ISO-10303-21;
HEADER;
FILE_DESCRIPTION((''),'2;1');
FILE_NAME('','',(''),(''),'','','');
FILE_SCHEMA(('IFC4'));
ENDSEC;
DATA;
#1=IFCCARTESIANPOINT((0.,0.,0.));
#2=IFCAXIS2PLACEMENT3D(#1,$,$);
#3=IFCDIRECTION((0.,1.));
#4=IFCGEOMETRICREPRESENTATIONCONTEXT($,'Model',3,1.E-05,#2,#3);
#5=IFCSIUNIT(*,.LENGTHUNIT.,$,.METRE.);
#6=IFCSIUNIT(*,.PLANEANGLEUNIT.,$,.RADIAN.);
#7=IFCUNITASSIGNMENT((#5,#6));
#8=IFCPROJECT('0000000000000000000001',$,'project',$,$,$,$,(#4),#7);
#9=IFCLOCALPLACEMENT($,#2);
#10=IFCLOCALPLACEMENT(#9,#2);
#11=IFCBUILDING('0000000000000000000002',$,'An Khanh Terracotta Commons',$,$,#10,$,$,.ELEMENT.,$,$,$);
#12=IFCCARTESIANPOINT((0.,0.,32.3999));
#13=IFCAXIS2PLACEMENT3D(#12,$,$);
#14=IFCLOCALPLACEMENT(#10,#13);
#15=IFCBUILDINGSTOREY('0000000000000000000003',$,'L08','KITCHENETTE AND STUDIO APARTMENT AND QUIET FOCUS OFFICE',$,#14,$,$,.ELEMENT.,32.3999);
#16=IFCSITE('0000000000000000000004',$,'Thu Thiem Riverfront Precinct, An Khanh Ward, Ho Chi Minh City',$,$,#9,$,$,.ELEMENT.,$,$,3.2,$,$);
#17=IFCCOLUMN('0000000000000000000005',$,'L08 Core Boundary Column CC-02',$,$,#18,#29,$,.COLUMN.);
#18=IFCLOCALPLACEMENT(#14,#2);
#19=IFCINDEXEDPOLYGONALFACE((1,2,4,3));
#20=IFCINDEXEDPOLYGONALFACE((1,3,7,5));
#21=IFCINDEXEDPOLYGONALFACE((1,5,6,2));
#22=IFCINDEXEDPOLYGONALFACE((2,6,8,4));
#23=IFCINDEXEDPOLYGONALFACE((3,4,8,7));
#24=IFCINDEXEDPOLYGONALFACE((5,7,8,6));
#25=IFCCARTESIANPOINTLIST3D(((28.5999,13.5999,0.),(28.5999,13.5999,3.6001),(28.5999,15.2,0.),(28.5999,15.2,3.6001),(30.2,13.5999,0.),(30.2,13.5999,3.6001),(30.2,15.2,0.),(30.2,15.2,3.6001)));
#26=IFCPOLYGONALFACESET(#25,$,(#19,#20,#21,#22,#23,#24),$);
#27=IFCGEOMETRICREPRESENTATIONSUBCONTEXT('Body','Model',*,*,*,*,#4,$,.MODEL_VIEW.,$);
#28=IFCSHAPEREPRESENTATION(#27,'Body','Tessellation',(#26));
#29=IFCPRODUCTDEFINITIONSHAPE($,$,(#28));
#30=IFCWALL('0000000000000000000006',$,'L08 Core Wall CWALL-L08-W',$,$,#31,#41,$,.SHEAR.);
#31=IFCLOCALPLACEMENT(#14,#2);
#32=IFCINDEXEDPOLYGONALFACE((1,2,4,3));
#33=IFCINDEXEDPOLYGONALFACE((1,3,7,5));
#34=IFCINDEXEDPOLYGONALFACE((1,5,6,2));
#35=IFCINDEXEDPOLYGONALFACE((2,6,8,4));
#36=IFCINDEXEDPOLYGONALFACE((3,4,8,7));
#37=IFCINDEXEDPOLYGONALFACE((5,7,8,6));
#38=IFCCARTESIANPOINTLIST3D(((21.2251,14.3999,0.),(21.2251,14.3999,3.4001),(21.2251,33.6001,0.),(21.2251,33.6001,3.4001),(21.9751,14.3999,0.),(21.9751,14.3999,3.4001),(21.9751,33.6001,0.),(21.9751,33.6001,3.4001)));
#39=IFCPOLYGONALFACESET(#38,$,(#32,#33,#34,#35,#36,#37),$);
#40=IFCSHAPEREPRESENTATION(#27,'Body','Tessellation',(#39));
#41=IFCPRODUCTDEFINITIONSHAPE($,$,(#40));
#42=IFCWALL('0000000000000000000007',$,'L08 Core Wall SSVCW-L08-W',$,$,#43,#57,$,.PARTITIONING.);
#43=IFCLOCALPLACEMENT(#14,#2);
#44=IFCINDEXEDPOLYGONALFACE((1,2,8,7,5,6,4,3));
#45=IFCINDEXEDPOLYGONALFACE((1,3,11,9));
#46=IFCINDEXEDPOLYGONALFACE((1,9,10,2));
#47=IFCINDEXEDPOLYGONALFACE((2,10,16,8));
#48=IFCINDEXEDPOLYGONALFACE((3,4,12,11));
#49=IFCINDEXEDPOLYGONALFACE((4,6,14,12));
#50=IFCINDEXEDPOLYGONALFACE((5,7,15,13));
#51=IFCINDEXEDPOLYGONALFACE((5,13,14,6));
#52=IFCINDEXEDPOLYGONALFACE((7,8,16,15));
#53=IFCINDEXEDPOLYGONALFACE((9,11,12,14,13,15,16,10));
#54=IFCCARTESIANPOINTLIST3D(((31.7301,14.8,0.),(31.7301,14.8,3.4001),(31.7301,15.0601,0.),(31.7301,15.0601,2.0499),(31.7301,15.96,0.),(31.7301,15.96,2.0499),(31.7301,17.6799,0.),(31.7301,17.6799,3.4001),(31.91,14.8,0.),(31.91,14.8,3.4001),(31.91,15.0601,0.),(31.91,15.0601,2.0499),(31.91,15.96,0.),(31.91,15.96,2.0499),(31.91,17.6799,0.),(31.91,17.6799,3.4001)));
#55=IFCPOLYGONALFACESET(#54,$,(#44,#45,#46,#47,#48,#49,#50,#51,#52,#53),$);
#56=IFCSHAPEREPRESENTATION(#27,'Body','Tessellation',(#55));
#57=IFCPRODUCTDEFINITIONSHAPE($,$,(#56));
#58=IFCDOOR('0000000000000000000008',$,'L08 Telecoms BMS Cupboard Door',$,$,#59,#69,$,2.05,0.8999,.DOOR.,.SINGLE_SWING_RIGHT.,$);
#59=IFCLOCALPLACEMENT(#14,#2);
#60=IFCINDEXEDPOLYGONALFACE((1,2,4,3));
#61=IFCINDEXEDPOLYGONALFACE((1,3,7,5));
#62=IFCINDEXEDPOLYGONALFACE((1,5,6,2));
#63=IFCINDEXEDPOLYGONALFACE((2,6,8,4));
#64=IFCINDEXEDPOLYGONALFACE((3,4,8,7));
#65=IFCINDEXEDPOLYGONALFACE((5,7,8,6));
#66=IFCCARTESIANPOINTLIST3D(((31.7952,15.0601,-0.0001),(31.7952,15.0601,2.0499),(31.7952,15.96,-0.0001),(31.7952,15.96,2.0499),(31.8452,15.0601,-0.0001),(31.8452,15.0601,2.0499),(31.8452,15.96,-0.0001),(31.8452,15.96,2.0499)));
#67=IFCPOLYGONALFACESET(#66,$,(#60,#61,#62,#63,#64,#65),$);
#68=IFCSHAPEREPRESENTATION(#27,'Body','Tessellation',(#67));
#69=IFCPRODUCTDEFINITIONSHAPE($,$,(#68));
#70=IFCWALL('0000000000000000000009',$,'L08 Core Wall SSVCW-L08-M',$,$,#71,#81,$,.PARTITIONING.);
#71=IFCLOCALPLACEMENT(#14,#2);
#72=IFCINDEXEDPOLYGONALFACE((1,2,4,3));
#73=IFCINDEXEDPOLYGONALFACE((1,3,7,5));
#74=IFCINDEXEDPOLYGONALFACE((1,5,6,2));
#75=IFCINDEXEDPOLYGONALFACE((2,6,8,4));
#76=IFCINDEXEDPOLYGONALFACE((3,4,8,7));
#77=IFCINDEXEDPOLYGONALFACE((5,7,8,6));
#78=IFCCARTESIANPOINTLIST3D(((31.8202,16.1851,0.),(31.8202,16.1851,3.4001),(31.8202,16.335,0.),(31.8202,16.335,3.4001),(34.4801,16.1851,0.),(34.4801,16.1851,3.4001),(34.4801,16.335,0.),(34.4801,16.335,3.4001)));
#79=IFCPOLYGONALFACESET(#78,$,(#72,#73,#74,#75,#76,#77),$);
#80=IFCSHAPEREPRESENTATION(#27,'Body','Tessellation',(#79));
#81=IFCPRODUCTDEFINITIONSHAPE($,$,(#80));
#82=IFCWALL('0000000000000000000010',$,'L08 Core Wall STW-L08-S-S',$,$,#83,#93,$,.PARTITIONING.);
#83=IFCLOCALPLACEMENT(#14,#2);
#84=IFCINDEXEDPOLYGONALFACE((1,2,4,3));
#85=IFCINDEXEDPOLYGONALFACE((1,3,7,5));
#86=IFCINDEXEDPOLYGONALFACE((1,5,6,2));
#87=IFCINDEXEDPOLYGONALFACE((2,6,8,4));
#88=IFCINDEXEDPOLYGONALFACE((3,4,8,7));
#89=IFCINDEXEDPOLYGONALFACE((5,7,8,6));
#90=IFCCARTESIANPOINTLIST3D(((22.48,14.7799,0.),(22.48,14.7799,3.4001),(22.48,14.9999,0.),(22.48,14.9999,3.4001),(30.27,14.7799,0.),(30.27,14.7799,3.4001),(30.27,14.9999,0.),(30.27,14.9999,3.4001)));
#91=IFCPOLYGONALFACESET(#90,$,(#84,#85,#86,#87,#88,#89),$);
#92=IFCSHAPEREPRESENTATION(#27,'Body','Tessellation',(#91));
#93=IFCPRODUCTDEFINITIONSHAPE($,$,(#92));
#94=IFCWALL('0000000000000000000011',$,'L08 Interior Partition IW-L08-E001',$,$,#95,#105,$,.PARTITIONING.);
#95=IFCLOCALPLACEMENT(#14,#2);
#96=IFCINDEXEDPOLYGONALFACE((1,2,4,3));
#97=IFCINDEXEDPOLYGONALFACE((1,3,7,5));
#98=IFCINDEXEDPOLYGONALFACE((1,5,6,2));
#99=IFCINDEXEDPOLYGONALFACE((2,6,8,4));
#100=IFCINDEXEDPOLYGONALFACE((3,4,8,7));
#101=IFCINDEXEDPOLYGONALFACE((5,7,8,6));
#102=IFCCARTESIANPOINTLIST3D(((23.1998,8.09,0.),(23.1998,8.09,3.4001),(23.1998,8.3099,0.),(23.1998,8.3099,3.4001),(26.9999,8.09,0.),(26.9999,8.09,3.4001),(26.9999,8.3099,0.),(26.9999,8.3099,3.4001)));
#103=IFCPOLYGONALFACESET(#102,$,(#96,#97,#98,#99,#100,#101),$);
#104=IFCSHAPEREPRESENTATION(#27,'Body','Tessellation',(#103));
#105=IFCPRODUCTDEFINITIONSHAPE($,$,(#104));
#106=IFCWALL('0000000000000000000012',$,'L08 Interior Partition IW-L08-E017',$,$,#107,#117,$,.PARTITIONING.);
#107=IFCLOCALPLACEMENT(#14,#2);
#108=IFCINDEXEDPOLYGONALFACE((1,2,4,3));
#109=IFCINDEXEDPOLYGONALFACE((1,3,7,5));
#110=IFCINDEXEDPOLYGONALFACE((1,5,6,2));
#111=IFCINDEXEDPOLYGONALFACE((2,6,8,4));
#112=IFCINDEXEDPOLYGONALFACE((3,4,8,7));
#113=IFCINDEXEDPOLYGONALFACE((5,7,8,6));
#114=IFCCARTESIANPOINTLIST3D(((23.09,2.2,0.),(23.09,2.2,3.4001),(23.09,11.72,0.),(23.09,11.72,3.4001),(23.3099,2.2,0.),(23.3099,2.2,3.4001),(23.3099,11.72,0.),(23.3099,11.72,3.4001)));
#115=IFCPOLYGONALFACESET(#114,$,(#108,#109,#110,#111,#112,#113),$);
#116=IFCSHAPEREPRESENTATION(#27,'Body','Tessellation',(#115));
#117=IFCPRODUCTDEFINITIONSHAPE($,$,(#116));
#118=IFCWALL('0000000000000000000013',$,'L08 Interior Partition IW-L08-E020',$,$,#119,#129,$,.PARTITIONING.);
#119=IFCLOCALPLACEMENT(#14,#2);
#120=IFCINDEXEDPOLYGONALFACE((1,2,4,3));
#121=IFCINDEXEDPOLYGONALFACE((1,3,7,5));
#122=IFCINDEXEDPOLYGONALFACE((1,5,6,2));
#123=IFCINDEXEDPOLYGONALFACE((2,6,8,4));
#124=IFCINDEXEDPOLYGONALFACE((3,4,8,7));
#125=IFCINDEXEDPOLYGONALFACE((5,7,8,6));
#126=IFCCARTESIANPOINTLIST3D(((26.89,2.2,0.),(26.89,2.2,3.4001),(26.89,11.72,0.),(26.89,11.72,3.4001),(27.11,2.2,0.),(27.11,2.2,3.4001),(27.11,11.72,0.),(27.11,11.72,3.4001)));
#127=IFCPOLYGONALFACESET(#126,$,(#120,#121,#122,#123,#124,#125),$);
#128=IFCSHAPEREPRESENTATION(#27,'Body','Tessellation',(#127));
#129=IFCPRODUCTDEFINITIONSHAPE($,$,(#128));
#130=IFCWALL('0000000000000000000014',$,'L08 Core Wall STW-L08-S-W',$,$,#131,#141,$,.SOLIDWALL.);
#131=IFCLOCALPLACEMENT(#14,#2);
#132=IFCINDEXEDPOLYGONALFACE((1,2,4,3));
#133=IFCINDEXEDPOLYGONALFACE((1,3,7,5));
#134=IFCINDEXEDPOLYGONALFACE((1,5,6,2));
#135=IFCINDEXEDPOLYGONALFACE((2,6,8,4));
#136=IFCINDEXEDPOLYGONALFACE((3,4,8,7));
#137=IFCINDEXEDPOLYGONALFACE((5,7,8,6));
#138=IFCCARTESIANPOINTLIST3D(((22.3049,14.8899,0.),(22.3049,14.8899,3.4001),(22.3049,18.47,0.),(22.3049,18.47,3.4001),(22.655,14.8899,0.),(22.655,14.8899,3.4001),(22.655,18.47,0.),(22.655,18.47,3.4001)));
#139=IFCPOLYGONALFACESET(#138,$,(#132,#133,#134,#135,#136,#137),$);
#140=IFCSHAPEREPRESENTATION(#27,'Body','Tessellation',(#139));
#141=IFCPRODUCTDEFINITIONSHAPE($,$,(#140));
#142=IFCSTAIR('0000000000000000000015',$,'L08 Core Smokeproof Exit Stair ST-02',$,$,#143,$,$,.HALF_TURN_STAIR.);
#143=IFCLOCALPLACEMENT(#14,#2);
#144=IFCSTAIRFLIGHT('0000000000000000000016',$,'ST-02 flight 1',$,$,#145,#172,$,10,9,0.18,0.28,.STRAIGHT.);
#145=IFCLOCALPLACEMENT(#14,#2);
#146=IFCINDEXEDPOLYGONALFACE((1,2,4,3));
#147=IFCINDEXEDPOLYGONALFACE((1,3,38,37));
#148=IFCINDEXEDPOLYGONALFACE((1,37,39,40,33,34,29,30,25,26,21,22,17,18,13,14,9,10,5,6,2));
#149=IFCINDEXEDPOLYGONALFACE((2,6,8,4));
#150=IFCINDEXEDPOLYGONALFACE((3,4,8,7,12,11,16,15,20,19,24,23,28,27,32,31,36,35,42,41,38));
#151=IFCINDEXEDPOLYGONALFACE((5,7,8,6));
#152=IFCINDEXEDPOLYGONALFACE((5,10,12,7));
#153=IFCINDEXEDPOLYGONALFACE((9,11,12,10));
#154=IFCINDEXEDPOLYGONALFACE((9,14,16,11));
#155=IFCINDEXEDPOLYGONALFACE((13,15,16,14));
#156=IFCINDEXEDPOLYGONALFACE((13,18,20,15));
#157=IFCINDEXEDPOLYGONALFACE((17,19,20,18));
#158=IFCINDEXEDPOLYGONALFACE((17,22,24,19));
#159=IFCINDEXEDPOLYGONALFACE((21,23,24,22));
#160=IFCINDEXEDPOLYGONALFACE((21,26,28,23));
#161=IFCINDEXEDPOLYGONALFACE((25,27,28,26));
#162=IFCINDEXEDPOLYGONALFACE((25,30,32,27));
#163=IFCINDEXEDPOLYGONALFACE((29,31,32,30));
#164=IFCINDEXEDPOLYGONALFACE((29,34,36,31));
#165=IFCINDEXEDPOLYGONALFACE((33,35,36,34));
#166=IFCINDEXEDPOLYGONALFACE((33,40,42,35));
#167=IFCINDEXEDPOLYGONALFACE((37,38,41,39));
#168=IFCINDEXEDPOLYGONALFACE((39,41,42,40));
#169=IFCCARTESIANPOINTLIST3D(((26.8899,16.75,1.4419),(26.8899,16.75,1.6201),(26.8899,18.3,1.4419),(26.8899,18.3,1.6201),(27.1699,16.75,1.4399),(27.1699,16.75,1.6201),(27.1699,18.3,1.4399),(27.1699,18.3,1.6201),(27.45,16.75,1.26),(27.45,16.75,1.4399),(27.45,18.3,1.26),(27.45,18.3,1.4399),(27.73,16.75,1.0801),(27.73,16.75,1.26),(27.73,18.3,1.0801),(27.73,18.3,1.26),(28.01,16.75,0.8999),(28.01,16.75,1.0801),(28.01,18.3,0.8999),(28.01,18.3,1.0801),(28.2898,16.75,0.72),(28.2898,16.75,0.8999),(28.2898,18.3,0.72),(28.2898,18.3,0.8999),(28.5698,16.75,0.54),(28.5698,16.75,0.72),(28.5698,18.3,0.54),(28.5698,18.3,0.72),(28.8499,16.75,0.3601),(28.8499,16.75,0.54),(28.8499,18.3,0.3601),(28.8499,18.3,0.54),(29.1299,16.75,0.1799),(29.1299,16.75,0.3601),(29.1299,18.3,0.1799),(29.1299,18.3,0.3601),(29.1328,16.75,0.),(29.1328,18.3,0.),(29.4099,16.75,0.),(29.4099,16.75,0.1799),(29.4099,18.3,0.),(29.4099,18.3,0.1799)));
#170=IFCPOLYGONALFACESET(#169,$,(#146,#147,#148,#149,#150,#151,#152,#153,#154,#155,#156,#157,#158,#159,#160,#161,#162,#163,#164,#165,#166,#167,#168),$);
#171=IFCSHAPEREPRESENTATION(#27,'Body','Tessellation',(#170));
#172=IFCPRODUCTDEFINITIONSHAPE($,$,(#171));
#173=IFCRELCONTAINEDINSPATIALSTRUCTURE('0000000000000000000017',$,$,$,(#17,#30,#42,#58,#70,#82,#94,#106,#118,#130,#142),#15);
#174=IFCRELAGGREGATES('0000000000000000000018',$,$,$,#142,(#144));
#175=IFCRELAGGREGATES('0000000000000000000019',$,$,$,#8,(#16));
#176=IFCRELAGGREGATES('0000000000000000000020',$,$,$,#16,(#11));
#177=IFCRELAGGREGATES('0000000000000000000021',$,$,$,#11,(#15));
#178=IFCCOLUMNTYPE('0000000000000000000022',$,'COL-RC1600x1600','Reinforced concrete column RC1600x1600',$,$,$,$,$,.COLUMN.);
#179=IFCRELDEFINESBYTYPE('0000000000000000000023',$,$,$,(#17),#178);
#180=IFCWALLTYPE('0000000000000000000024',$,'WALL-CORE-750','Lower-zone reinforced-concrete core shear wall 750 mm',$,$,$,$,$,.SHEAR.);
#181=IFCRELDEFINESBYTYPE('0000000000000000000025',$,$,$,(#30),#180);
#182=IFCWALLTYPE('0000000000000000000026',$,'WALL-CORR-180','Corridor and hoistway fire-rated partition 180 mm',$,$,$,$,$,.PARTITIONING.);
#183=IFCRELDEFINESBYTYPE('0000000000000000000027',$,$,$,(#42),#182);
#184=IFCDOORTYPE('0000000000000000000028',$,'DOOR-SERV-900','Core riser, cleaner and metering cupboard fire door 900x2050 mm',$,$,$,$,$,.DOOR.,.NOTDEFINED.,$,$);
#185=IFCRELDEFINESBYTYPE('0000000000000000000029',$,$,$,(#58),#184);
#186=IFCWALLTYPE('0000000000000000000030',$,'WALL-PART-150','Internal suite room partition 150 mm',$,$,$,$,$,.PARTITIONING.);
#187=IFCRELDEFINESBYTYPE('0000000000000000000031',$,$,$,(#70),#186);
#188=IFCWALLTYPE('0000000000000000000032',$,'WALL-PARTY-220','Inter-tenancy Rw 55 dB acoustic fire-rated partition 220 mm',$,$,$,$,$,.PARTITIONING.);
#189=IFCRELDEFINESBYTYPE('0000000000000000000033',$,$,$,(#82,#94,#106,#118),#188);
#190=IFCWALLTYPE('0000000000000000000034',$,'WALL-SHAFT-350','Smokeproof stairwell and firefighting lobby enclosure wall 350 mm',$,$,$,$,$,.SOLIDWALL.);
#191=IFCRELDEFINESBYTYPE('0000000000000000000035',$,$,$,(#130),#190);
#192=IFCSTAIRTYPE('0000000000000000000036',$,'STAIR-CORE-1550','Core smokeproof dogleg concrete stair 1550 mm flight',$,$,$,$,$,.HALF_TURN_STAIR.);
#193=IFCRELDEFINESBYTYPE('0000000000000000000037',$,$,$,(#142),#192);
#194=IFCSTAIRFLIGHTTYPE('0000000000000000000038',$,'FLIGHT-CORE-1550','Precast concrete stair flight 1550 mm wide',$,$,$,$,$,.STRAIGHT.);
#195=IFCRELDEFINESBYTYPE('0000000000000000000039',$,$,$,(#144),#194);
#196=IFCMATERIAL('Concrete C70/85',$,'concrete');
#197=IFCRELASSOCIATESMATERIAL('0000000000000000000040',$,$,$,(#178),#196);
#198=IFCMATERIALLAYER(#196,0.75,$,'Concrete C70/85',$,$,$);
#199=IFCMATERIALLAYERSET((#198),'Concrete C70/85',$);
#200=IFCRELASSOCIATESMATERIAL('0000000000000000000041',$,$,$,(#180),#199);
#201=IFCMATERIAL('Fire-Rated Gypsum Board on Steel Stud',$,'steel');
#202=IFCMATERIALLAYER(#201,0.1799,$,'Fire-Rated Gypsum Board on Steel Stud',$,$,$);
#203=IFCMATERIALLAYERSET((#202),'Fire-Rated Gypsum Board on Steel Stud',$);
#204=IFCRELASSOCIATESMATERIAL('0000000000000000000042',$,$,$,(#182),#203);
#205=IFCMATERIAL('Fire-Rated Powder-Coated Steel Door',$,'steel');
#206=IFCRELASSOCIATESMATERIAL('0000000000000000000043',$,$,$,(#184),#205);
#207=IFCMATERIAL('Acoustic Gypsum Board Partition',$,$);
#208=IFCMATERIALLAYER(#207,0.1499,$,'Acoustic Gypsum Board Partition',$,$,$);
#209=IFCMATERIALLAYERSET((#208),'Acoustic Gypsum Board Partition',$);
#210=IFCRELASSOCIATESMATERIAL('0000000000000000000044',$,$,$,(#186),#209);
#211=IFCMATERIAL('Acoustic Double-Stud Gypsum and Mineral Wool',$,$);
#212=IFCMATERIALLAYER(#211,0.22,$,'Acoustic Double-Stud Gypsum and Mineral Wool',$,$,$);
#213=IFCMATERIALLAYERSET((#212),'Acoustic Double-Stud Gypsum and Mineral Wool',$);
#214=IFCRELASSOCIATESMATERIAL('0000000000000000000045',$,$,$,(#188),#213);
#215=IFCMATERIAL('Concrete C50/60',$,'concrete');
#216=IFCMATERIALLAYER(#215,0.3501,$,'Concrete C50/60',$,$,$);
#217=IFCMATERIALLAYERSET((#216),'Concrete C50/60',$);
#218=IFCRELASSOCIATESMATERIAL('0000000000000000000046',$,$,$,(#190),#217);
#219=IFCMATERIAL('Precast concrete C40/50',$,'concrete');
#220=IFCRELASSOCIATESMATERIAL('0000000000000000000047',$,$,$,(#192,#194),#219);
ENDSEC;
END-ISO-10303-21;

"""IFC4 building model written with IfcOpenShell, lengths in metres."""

from ifc_helpers import new_model, si_unit, direction, frame, frame_2d, origin, origin_2d, place, context, subcontext, project, spatial, polyline, rectangle, outline, extrude, material, layer, layer_set, material_profile, profile_set, type_object, element, fill, aggregate, save


model = new_model("IFC4")

# Units and contexts
model_context = context("Model", 3, precision=1e-05, world=origin(), true_north=direction((0.0, 1.0)))
body_context = subcontext(model_context, "Body", "Model", "MODEL_VIEW")
ifc_project = project(units=[si_unit("LENGTHUNIT", "METRE"), si_unit("PLANEANGLEUNIT", "RADIAN")], contexts=[model_context])

# Site, building, storey
site_placement = place(None, origin())
site = spatial("IfcSite", under=ifc_project, at=site_placement, Name="Thu Thiem Riverfront Precinct, An Khanh Ward, Ho Chi Minh City", CompositionType="ELEMENT", RefElevation=3.2)
building_placement = place(site_placement, origin())
building = spatial("IfcBuilding", under=site, at=building_placement, Name="An Khanh Terracotta Commons", CompositionType="ELEMENT")
storey_placement = place(building_placement, frame((0.0, 0.0, 32.3999)))
storey = spatial("IfcBuildingStorey", under=building, at=storey_placement, Name="L08", Description="KITCHENETTE AND STUDIO APARTMENT AND QUIET FOCUS OFFICE", CompositionType="ELEMENT", Elevation=32.3999)

# Column
ifc_material_1 = material(Name="Concrete C70/85", Category="concrete")
ifc_material_profile = material_profile(ifc_material_1, rectangle(XDim=1.6001, YDim=1.6001, at=origin_2d()), Name="RC1600x1600")
ifc_profile_set = profile_set([ifc_material_profile], Name="Concrete C70/85")
column_type = type_object("IfcColumnType", Name="COL-RC1600x1600", Description="Reinforced concrete column RC1600x1600", PredefinedType="COLUMN", material=ifc_profile_set)
column_placement = place(storey_placement, frame((29.3999, 14.3999, 0.0), z_axis=(0.0, 0.0, 1.0), x_axis=(1.0, 0.0, 0.0)))
element("IfcColumn", 1, at=column_placement, inside=storey, type_object=column_type, Name="L08 Core Boundary Column CC-02", PredefinedType="COLUMN", context=body_context, shape_type="SweptSolid", body=[
    extrude(rectangle(XDim=1.6001, YDim=1.6001, at=origin_2d()), origin(), (0.0, 0.0, 1.0), 3.6001),
])

# Wall
ifc_layer_1 = layer(ifc_material_1, 0.75, Name="Concrete C70/85")
ifc_layer_set_1 = layer_set([ifc_layer_1], Name="Concrete C70/85")
wall_type_1 = type_object("IfcWallType", Name="WALL-CORE-750", Description="Lower-zone reinforced-concrete core shear wall 750 mm", PredefinedType="SHEAR", material=ifc_layer_set_1)
wall_1_placement = place(storey_placement, frame((21.6001, 14.3999, 0.0), z_axis=(0.0, 0.0, 1.0), x_axis=(0.0, 1.0, 0.0)))
element("IfcWall", 2, at=wall_1_placement, inside=storey, type_object=wall_type_1, Name="L08 Core Wall CWALL-L08-W", PredefinedType="SHEAR", context=body_context, shape_type="SweptSolid", body=[
    extrude(rectangle(XDim=19.2002, YDim=0.75, at=frame_2d((9.6001, 0.0))), origin(), (0.0, 0.0, 1.0), 3.4001),
])

# Wall, opening, door
ifc_material_2 = material(Name="Fire-Rated Gypsum Board on Steel Stud", Category="steel")
ifc_layer_2 = layer(ifc_material_2, 0.1799, Name="Fire-Rated Gypsum Board on Steel Stud")
ifc_layer_set_2 = layer_set([ifc_layer_2], Name="Fire-Rated Gypsum Board on Steel Stud")
wall_type_2 = type_object("IfcWallType", Name="WALL-CORR-180", Description="Corridor and hoistway fire-rated partition 180 mm", PredefinedType="PARTITIONING", material=ifc_layer_set_2)
wall_2_placement = place(storey_placement, frame((31.8201, 14.8, 0.0), z_axis=(0.0, 0.0, 1.0), x_axis=(0.0, 1.0, 0.0)))
wall_2 = element("IfcWall", 3, at=wall_2_placement, inside=storey, type_object=wall_type_2, Name="L08 Core Wall SSVCW-L08-W", PredefinedType="PARTITIONING", context=body_context, shape_type="SweptSolid", body=[
    extrude(rectangle(XDim=2.8799, YDim=0.1799, at=frame_2d((1.4399, 0.0))), origin(), (0.0, 0.0, 1.0), 3.4001),
])
opening_1_placement = place(wall_2_placement, frame((0.26, 0.0, 0.0)))
opening_1 = element("IfcOpeningElement", 4, at=opening_1_placement, cuts=wall_2, PredefinedType="OPENING", context=body_context, shape_type="SweptSolid", body=[
    extrude(rectangle(XDim=0.8999, YDim=2.05, at=frame_2d((0.45, 1.0249))), frame((0.0, 0.0999, 0.0), z_axis=(0.0, -1.0, 0.0), x_axis=(1.0, 0.0, 0.0)), (0.0, 0.0, 1.0), 0.2),
])
ifc_material_3 = material(Name="Fire-Rated Powder-Coated Steel Door", Category="steel")
door_type_1 = type_object("IfcDoorType", Name="DOOR-SERV-900", Description="Core riser, cleaner and metering cupboard fire door 900x2050 mm", OperationType="NOTDEFINED", PredefinedType="DOOR", material=ifc_material_3)
door_1_placement = place(opening_1_placement, origin())
door_1 = element("IfcDoor", 5, at=door_1_placement, inside=storey, type_object=door_type_1, Name="L08 Telecoms BMS Cupboard Door", OperationType="SINGLE_SWING_RIGHT", OverallHeight=2.05, OverallWidth=0.8999, PredefinedType="DOOR", context=body_context, shape_type="SweptSolid", body=[
    extrude(rectangle(XDim=0.8999, YDim=2.05, at=frame_2d((0.45, 1.0249))), frame((0.0, 0.0249, 0.0), z_axis=(0.0, -1.0, 0.0), x_axis=(1.0, 0.0, 0.0)), (0.0, 0.0, 1.0), 0.05),
])
fill(opening_1, door_1)

# Walls
ifc_material_4 = material(Name="Acoustic Gypsum Board Partition")
ifc_layer_3 = layer(ifc_material_4, 0.1499, Name="Acoustic Gypsum Board Partition")
ifc_layer_set_3 = layer_set([ifc_layer_3], Name="Acoustic Gypsum Board Partition")
wall_type_3 = type_object("IfcWallType", Name="WALL-PART-150", Description="Internal suite room partition 150 mm", PredefinedType="PARTITIONING", material=ifc_layer_set_3)
wall_3_placement = place(storey_placement, frame((31.8201, 16.26, 0.0), z_axis=(0.0, 0.0, 1.0), x_axis=(1.0, 0.0, 0.0)))
element("IfcWall", 6, at=wall_3_placement, inside=storey, type_object=wall_type_3, Name="L08 Core Wall SSVCW-L08-M", PredefinedType="PARTITIONING", context=body_context, shape_type="SweptSolid", body=[
    extrude(rectangle(XDim=2.6599, YDim=0.1499, at=frame_2d((1.3301, 0.0))), origin(), (0.0, 0.0, 1.0), 3.4001),
])
ifc_material_5 = material(Name="Acoustic Double-Stud Gypsum and Mineral Wool")
ifc_layer_4 = layer(ifc_material_5, 0.22, Name="Acoustic Double-Stud Gypsum and Mineral Wool")
ifc_layer_set_4 = layer_set([ifc_layer_4], Name="Acoustic Double-Stud Gypsum and Mineral Wool")
wall_type_4 = type_object("IfcWallType", Name="WALL-PARTY-220", Description="Inter-tenancy Rw 55 dB acoustic fire-rated partition 220 mm", PredefinedType="PARTITIONING", material=ifc_layer_set_4)
wall_4_placement = place(storey_placement, frame((22.48, 14.8899, 0.0), z_axis=(0.0, 0.0, 1.0), x_axis=(1.0, 0.0, 0.0)))
element("IfcWall", 7, at=wall_4_placement, inside=storey, type_object=wall_type_4, Name="L08 Core Wall STW-L08-S-S", PredefinedType="PARTITIONING", context=body_context, shape_type="SweptSolid", body=[
    extrude(rectangle(XDim=7.79, YDim=0.22, at=frame_2d((3.895, 0.0))), origin(), (0.0, 0.0, 1.0), 3.4001),
])
wall_5_placement = place(storey_placement, frame((23.2, 8.2, 0.0), z_axis=(0.0, 0.0, 1.0), x_axis=(1.0, 0.0, 0.0)))
element("IfcWall", 8, at=wall_5_placement, inside=storey, type_object=wall_type_4, Name="L08 Interior Partition IW-L08-E001", PredefinedType="PARTITIONING", context=body_context, shape_type="SweptSolid", body=[
    extrude(rectangle(XDim=3.8, YDim=0.22, at=frame_2d((1.8999, 0.0))), origin(), (0.0, 0.0, 1.0), 3.4001),
])
for number, where, z_axis, x_axis, name in (
    (9, (23.2, 2.2, 0.0), (0.0, 0.0, 1.0), (0.0, 1.0, 0.0), "L08 Interior Partition IW-L08-E017"),
    (10, (27.0, 2.2, 0.0), (0.0, 0.0, 1.0), (0.0, 1.0, 0.0), "L08 Interior Partition IW-L08-E020"),
):
    element("IfcWall", number, at=place(storey_placement, frame(where, z_axis=z_axis, x_axis=x_axis)), inside=storey, type_object=wall_type_4, Name=name, PredefinedType="PARTITIONING", context=body_context, shape_type="SweptSolid", body=[
        extrude(rectangle(XDim=9.52, YDim=0.22, at=frame_2d((4.76, 0.0))), origin(), (0.0, 0.0, 1.0), 3.4001),
    ])
ifc_material_6 = material(Name="Concrete C50/60", Category="concrete")
ifc_layer_5 = layer(ifc_material_6, 0.3501, Name="Concrete C50/60")
ifc_layer_set_5 = layer_set([ifc_layer_5], Name="Concrete C50/60")
wall_type_5 = type_object("IfcWallType", Name="WALL-SHAFT-350", Description="Smokeproof stairwell and firefighting lobby enclosure wall 350 mm", PredefinedType="SOLIDWALL", material=ifc_layer_set_5)
wall_6_placement = place(storey_placement, frame((22.48, 14.8899, 0.0), z_axis=(0.0, 0.0, 1.0), x_axis=(0.0, 1.0, 0.0)))
element("IfcWall", 11, at=wall_6_placement, inside=storey, type_object=wall_type_5, Name="L08 Core Wall STW-L08-S-W", PredefinedType="SOLIDWALL", context=body_context, shape_type="SweptSolid", body=[
    extrude(rectangle(XDim=3.5801, YDim=0.3501, at=frame_2d((1.79, 0.0))), origin(), (0.0, 0.0, 1.0), 3.4001),
])

# Stair, stair flight
ifc_material_7 = material(Name="Precast concrete C40/50", Category="concrete")
stair_type = type_object("IfcStairType", Name="STAIR-CORE-1550", Description="Core smokeproof dogleg concrete stair 1550 mm flight", PredefinedType="HALF_TURN_STAIR", material=ifc_material_7)
stair_placement = place(storey_placement, origin())
stair = element("IfcStair", 12, at=stair_placement, inside=storey, type_object=stair_type, Name="L08 Core Smokeproof Exit Stair ST-02", PredefinedType="HALF_TURN_STAIR")
stair_flight_type = type_object("IfcStairFlightType", Name="FLIGHT-CORE-1550", Description="Precast concrete stair flight 1550 mm wide", PredefinedType="STRAIGHT", material=ifc_material_7)
stair_flight_1_placement = place(storey_placement, frame((29.4099, 17.5249, 0.0), z_axis=(0.0, 0.0, 1.0), x_axis=(-1.0, 0.0, 0.0)))
stair_flight_1 = element("IfcStairFlight", 13, at=stair_flight_1_placement, type_object=stair_flight_type, Name="ST-02 flight 1", NumberOfRisers=10, NumberOfTreads=9, PredefinedType="STRAIGHT", RiserHeight=0.18, TreadLength=0.28, context=body_context, shape_type="SweptSolid", body=[
    extrude(outline(polyline([(0.0, 0.0), (0.0, 0.1799), (0.28, 0.1799), (0.28, 0.3601), (0.5601, 0.3601), (0.5601, 0.54), (0.8401, 0.54), (0.8401, 0.72), (1.1201, 0.72), (1.1201, 0.8999), (1.3999, 0.8999), (1.3999, 1.0801), (1.6799, 1.0801), (1.6799, 1.26), (1.96, 1.26), (1.96, 1.4399), (2.24, 1.4399), (2.24, 1.6201), (2.52, 1.6201), (2.52, 1.8), (2.52, 1.4419), (0.2771, 0.0), (0.0, 0.0)])), frame((0.0, 0.7749, 0.0), z_axis=(0.0, -1.0, 0.0), x_axis=(1.0, 0.0, 0.0)), (0.0, 0.0, 1.0), 1.55),
])
aggregate(stair, [stair_flight_1])

save(model, "model.ifc")
